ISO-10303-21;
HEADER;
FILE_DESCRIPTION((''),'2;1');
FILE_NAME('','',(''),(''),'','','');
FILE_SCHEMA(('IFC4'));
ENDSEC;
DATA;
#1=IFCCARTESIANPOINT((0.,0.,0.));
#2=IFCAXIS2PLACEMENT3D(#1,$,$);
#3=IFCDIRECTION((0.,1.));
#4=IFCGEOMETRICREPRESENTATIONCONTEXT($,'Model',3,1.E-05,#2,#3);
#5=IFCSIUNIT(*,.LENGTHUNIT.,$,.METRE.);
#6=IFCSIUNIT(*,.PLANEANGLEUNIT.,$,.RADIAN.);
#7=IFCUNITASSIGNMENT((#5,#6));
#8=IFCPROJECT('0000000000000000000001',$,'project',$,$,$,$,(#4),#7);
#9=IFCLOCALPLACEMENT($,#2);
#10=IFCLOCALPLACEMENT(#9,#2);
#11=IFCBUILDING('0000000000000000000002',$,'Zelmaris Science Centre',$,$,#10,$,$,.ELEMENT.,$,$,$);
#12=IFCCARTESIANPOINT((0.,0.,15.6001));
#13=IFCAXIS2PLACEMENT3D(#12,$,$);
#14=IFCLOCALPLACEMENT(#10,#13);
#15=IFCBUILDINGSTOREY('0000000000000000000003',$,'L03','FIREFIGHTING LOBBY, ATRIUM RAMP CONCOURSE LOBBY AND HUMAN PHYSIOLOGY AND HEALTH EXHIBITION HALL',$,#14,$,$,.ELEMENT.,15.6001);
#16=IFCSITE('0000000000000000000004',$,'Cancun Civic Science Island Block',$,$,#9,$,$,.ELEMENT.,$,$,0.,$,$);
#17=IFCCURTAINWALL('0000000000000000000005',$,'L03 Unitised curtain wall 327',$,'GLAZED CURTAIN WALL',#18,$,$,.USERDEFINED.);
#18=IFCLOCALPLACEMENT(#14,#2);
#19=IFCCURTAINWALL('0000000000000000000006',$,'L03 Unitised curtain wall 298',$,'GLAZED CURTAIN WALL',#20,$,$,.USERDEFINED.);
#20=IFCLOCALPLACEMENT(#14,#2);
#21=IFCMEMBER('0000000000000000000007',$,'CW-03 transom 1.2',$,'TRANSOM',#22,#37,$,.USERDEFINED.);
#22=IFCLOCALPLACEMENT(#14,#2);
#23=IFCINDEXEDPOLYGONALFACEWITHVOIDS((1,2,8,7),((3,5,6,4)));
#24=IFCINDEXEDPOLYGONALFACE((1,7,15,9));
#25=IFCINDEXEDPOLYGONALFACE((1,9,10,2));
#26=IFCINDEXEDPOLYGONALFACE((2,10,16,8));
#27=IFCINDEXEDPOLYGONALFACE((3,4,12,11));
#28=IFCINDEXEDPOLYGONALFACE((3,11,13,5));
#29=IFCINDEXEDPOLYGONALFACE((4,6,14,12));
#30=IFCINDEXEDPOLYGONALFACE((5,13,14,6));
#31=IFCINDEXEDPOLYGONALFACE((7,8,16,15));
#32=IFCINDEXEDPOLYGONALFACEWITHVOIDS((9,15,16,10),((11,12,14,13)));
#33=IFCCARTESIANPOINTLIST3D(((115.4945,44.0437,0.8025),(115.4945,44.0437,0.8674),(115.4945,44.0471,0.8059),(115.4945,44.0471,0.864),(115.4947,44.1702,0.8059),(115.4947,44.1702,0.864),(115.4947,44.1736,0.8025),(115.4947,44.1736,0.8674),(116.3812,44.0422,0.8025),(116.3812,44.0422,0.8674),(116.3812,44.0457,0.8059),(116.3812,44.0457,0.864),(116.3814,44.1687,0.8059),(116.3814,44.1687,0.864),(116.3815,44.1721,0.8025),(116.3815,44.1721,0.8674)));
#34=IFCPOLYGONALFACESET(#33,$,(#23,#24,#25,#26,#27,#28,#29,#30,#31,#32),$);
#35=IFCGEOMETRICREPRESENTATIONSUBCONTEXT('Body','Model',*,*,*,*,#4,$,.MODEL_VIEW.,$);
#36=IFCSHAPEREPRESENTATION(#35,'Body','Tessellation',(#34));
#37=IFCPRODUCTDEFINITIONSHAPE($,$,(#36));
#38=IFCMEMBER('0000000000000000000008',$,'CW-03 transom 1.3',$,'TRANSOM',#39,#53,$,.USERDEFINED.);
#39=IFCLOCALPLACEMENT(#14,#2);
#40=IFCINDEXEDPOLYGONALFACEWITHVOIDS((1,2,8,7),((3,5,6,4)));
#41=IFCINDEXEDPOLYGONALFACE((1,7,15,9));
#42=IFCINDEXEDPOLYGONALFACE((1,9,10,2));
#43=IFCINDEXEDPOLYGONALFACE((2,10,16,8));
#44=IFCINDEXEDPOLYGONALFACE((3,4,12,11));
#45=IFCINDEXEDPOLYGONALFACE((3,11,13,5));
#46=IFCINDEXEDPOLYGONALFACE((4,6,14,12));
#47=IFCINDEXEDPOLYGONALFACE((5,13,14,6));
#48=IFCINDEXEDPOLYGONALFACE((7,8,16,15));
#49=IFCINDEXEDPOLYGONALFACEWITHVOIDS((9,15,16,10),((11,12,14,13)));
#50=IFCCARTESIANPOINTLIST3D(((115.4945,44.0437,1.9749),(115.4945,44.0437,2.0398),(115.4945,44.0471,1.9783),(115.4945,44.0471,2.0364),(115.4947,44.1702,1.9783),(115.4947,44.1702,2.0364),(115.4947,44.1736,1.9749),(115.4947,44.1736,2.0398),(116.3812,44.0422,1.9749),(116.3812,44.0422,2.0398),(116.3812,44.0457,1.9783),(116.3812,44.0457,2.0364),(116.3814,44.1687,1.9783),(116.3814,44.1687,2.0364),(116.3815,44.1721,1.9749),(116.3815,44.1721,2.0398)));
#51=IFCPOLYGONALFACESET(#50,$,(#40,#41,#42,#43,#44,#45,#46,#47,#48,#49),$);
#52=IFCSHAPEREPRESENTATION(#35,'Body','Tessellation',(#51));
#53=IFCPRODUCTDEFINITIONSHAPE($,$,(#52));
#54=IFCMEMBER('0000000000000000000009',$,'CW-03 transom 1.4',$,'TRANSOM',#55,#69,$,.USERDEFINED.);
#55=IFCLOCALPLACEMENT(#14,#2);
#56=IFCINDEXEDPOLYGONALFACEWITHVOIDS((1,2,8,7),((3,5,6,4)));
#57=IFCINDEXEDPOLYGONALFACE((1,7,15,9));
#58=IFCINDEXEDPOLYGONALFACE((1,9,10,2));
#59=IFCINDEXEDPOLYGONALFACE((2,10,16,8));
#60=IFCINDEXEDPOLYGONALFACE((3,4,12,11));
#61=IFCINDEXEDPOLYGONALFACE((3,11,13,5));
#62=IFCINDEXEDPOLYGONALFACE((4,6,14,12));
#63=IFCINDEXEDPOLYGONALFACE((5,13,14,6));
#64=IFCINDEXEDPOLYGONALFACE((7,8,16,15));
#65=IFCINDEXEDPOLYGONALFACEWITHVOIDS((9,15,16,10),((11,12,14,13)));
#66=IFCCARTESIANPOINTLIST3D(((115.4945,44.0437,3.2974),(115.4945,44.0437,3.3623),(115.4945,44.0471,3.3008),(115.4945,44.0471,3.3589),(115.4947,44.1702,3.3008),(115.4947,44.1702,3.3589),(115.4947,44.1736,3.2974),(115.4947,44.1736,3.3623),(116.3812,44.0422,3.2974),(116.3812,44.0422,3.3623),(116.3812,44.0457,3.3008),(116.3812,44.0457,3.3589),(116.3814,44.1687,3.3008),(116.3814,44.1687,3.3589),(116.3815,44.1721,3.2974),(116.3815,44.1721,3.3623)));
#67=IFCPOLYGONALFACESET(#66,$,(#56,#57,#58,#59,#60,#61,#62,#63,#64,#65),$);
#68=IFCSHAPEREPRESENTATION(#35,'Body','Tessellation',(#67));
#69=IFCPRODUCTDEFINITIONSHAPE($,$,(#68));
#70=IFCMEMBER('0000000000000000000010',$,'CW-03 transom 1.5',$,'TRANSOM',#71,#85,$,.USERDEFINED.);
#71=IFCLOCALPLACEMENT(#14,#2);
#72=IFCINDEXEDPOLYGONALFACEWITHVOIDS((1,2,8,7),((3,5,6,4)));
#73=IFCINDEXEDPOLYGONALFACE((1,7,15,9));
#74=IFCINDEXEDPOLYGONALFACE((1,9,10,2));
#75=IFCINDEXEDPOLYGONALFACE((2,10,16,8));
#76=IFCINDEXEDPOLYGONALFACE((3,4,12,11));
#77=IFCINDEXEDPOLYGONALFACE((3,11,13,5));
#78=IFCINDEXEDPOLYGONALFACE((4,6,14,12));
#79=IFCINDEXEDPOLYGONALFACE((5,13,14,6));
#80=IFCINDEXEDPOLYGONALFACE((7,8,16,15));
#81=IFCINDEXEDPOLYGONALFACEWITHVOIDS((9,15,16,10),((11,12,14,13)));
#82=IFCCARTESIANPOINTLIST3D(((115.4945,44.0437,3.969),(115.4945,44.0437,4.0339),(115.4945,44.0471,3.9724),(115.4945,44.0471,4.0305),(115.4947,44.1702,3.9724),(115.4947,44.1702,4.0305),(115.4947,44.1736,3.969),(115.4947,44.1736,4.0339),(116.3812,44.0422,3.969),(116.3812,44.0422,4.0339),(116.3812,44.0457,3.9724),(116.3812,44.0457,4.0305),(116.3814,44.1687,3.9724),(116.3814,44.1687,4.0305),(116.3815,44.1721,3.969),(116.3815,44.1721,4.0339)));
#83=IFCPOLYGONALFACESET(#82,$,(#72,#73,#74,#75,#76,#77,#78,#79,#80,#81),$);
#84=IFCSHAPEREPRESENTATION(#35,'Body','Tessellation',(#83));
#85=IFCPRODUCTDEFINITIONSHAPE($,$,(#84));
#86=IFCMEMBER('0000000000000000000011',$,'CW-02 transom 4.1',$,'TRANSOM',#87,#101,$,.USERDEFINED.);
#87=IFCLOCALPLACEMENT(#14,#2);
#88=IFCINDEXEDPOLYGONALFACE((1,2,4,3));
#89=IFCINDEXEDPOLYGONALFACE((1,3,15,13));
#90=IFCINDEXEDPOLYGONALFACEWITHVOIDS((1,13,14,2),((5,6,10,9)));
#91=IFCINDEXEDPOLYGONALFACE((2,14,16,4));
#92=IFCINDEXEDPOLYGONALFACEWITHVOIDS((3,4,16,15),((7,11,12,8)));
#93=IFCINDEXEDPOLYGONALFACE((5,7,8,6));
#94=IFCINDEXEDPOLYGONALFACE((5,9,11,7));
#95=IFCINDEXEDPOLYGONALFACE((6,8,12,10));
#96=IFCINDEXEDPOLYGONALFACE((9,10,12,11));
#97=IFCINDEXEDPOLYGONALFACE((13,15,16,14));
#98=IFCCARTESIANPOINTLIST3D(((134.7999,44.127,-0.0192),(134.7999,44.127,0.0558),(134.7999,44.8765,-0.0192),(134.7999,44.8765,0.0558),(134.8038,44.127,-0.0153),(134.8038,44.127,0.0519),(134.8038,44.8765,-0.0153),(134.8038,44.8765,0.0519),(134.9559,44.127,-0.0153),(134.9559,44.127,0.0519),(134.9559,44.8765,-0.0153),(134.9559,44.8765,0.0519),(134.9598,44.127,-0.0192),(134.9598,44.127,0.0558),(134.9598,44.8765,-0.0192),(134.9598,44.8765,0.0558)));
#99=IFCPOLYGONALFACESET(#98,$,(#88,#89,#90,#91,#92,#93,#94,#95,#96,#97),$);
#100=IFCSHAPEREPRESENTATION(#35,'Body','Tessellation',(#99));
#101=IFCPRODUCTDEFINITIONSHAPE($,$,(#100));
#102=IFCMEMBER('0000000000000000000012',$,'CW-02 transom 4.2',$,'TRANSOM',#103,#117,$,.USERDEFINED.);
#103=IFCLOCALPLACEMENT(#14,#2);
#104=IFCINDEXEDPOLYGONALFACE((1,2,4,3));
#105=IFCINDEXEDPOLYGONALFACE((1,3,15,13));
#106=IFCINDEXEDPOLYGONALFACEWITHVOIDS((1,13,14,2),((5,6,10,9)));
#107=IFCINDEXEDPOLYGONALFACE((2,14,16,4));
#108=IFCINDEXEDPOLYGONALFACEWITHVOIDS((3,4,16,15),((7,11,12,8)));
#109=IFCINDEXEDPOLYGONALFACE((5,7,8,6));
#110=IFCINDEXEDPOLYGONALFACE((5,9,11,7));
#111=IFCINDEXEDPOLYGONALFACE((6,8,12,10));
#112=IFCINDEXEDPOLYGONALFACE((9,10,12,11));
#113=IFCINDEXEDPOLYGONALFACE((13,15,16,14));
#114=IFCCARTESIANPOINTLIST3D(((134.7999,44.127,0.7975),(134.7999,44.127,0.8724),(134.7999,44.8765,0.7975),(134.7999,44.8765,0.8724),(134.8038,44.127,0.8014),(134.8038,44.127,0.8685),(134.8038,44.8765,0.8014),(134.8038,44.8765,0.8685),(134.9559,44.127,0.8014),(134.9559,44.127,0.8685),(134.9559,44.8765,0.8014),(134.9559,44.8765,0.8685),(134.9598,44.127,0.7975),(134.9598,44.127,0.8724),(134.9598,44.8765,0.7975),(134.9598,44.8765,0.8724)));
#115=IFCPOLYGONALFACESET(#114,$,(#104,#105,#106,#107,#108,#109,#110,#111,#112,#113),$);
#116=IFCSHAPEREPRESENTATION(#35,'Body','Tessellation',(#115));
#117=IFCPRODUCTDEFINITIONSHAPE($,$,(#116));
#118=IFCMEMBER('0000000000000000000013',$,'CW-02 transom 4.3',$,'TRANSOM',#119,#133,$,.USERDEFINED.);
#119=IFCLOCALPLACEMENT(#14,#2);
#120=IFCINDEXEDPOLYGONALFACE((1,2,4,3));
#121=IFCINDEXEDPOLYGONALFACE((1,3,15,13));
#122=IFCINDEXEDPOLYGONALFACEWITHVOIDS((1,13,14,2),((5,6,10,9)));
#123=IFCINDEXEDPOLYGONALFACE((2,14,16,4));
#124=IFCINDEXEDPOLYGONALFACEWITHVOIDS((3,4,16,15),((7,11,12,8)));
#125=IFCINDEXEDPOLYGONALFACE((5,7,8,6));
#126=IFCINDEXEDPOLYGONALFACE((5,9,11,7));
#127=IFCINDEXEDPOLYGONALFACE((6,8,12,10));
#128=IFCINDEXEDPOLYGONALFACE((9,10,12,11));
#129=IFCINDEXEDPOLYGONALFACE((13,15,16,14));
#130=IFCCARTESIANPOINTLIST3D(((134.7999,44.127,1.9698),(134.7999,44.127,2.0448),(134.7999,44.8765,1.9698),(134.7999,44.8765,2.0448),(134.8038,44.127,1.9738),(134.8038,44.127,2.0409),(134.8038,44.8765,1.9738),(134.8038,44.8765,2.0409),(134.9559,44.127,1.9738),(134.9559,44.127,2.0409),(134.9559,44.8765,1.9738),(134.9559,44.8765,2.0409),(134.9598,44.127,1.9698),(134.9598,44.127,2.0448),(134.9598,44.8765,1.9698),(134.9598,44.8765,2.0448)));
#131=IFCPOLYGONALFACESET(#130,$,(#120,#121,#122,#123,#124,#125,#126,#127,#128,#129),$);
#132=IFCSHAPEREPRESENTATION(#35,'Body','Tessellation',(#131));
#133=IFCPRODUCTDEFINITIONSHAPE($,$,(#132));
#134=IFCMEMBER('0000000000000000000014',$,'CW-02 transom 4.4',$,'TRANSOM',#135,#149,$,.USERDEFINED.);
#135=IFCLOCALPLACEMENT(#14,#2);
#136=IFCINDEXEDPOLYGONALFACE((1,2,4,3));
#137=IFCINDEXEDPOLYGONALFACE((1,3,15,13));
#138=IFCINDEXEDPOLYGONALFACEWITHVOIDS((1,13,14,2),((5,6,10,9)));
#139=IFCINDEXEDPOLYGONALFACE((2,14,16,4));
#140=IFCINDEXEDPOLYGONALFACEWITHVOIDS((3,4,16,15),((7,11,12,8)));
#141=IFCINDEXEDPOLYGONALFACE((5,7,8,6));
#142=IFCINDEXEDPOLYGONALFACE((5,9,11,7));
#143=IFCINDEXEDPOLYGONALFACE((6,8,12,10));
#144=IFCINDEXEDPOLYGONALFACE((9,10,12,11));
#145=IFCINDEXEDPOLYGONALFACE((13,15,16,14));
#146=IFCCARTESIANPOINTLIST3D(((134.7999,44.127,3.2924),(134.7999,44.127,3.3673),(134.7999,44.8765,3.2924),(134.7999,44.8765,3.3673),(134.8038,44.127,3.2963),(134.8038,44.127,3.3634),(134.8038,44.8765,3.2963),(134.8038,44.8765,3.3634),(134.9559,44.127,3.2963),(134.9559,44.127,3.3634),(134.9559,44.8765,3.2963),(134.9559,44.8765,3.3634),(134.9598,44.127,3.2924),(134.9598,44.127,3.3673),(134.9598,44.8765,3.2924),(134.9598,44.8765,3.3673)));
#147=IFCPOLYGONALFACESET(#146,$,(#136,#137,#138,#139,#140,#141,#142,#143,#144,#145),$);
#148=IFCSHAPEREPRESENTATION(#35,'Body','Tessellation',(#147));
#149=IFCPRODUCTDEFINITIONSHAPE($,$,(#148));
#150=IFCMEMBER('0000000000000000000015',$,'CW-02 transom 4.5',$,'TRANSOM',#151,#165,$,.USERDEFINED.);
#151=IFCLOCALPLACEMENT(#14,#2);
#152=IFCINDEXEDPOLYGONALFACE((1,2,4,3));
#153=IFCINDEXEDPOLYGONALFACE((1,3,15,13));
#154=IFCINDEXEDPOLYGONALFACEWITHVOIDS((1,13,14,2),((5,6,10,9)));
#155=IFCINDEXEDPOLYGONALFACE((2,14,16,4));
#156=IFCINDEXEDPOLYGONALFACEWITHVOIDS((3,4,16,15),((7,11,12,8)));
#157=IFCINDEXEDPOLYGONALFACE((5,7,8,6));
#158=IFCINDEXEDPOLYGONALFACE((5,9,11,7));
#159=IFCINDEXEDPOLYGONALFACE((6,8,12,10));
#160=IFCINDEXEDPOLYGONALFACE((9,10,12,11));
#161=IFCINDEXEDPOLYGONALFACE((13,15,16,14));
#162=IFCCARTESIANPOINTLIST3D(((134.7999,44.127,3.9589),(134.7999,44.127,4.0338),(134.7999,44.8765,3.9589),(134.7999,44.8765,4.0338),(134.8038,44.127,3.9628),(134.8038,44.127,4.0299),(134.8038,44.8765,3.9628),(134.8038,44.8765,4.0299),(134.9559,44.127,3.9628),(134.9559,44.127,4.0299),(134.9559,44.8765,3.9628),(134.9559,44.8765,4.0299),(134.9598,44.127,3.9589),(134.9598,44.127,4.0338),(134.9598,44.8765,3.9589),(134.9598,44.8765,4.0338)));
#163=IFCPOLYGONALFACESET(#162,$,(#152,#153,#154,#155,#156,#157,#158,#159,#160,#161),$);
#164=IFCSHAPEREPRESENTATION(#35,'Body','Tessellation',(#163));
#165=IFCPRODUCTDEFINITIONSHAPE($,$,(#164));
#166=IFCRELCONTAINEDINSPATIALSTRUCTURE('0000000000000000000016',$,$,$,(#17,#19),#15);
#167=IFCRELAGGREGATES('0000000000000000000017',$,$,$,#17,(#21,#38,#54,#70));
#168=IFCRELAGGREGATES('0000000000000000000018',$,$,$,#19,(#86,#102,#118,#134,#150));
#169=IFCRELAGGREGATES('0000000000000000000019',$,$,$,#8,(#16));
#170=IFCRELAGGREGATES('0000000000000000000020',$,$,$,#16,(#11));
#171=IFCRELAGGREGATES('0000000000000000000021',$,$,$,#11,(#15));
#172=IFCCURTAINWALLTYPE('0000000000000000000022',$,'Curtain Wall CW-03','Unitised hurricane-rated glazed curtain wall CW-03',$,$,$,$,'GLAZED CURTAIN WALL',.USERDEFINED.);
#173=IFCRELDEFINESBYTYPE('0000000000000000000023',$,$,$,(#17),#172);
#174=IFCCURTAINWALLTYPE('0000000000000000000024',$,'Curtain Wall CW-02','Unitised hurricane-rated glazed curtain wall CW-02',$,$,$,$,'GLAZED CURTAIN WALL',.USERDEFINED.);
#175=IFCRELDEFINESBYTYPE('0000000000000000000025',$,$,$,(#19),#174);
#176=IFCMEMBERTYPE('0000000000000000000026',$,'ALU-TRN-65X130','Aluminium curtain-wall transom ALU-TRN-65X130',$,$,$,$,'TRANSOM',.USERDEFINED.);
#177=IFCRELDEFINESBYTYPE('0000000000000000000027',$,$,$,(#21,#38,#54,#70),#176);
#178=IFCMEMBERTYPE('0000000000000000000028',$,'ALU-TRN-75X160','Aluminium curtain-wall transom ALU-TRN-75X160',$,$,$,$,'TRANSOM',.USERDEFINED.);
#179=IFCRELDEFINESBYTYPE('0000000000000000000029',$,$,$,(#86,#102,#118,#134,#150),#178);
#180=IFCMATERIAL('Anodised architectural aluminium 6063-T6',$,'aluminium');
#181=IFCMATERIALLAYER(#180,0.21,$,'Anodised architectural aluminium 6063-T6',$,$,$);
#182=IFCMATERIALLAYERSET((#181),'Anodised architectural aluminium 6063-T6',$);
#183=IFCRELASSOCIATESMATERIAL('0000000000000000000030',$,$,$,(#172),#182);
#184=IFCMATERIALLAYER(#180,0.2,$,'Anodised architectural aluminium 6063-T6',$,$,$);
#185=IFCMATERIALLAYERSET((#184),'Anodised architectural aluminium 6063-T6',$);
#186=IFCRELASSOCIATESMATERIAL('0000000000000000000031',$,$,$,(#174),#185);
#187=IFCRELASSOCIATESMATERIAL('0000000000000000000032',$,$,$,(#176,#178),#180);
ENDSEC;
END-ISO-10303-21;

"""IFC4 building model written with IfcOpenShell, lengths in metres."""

from ifc_helpers import new_model, si_unit, direction, frame, origin, origin_2d, place, context, subcontext, project, spatial, hollow_rectangle, extrude, material, layer, layer_set, material_profile, profile_set, type_object, element, aggregate, save


model = new_model("IFC4")

# Units and contexts
model_context = context("Model", 3, precision=1e-05, world=origin(), true_north=direction((0.0, 1.0)))
body_context = subcontext(model_context, "Body", "Model", "MODEL_VIEW")
ifc_project = project(units=[si_unit("LENGTHUNIT", "METRE"), si_unit("PLANEANGLEUNIT", "RADIAN")], contexts=[model_context])

# Site, building, storey
site_placement = place(None, origin())
site = spatial("IfcSite", under=ifc_project, at=site_placement, Name="Cancun Civic Science Island Block", CompositionType="ELEMENT", RefElevation=0.0)
building_placement = place(site_placement, origin())
building = spatial("IfcBuilding", under=site, at=building_placement, Name="Zelmaris Science Centre", CompositionType="ELEMENT")
storey_placement = place(building_placement, frame((0.0, 0.0, 15.6001)))
storey = spatial("IfcBuildingStorey", under=building, at=storey_placement, Name="L03", Description="FIREFIGHTING LOBBY, ATRIUM RAMP CONCOURSE LOBBY AND HUMAN PHYSIOLOGY AND HEALTH EXHIBITION HALL", CompositionType="ELEMENT", Elevation=15.6001)

# Curtain wall
ifc_material_1 = material(Name="Anodised architectural aluminium 6063-T6", Category="aluminium")
ifc_layer_1 = layer(ifc_material_1, 0.21, Name="Anodised architectural aluminium 6063-T6")
ifc_layer_set_1 = layer_set([ifc_layer_1], Name="Anodised architectural aluminium 6063-T6")
curtain_wall_type_1 = type_object("IfcCurtainWallType", Name="Curtain Wall CW-03", Description="Unitised hurricane-rated glazed curtain wall CW-03", ElementType="GLAZED CURTAIN WALL", PredefinedType="USERDEFINED", material=ifc_layer_set_1)
curtain_wall_1_placement = place(storey_placement, origin())
curtain_wall_1 = element("IfcCurtainWall", 1, at=curtain_wall_1_placement, inside=storey, type_object=curtain_wall_type_1, Name="L03 Unitised curtain wall 327", ObjectType="GLAZED CURTAIN WALL", PredefinedType="USERDEFINED")

# Curtain wall
ifc_layer_2 = layer(ifc_material_1, 0.2, Name="Anodised architectural aluminium 6063-T6")
ifc_layer_set_2 = layer_set([ifc_layer_2], Name="Anodised architectural aluminium 6063-T6")
curtain_wall_type_2 = type_object("IfcCurtainWallType", Name="Curtain Wall CW-02", Description="Unitised hurricane-rated glazed curtain wall CW-02", ElementType="GLAZED CURTAIN WALL", PredefinedType="USERDEFINED", material=ifc_layer_set_2)
curtain_wall_2_placement = place(storey_placement, origin())
curtain_wall_2 = element("IfcCurtainWall", 2, at=curtain_wall_2_placement, inside=storey, type_object=curtain_wall_type_2, Name="L03 Unitised curtain wall 298", ObjectType="GLAZED CURTAIN WALL", PredefinedType="USERDEFINED")

# Members
ifc_material_profile_1 = material_profile(ifc_material_1, hollow_rectangle(XDim=0.0649, YDim=0.1299, WallThickness=0.0034, at=origin_2d()), Name="ALU-TRN-65X130")
ifc_profile_set_1 = profile_set([ifc_material_profile_1], Name="Anodised architectural aluminium 6063-T6")
member_type_1 = type_object("IfcMemberType", Name="ALU-TRN-65X130", Description="Aluminium curtain-wall transom ALU-TRN-65X130", ElementType="TRANSOM", PredefinedType="USERDEFINED", material=ifc_profile_set_1)
member_1_placement = place(storey_placement, frame((116.3813, 44.1072, 0.835), z_axis=(-0.999999, 0.001652, 0.0), x_axis=(0.0, 0.0, 1.0)))
member_1 = element("IfcMember", 3, at=member_1_placement, type_object=member_type_1, Name="CW-03 transom 1.2", ObjectType="TRANSOM", PredefinedType="USERDEFINED", context=body_context, shape_type="SweptSolid", body=[
    extrude(hollow_rectangle(XDim=0.0649, YDim=0.1299, WallThickness=0.0034, at=origin_2d()), origin(), (0.0, 0.0, 1.0), 0.8867),
])
member_2_placement = place(storey_placement, frame((116.3813, 44.1072, 2.0073), z_axis=(-0.999999, 0.001652, 0.0), x_axis=(0.0, 0.0, 1.0)))
member_2 = element("IfcMember", 4, at=member_2_placement, type_object=member_type_1, Name="CW-03 transom 1.3", ObjectType="TRANSOM", PredefinedType="USERDEFINED", context=body_context, shape_type="SweptSolid", body=[
    extrude(hollow_rectangle(XDim=0.0649, YDim=0.1299, WallThickness=0.0034, at=origin_2d()), origin(), (0.0, 0.0, 1.0), 0.8867),
])
member_3_placement = place(storey_placement, frame((116.3813, 44.1072, 3.3298), z_axis=(-0.999999, 0.001652, 0.0), x_axis=(0.0, 0.0, 1.0)))
member_3 = element("IfcMember", 5, at=member_3_placement, type_object=member_type_1, Name="CW-03 transom 1.4", ObjectType="TRANSOM", PredefinedType="USERDEFINED", context=body_context, shape_type="SweptSolid", body=[
    extrude(hollow_rectangle(XDim=0.0649, YDim=0.1299, WallThickness=0.0034, at=origin_2d()), origin(), (0.0, 0.0, 1.0), 0.8867),
])
member_4_placement = place(storey_placement, frame((116.3813, 44.1072, 4.0015), z_axis=(-0.999999, 0.001652, 0.0), x_axis=(0.0, 0.0, 1.0)))
member_4 = element("IfcMember", 6, at=member_4_placement, type_object=member_type_1, Name="CW-03 transom 1.5", ObjectType="TRANSOM", PredefinedType="USERDEFINED", context=body_context, shape_type="SweptSolid", body=[
    extrude(hollow_rectangle(XDim=0.0649, YDim=0.1299, WallThickness=0.0034, at=origin_2d()), origin(), (0.0, 0.0, 1.0), 0.8867),
])
aggregate(curtain_wall_1, [member_1, member_2, member_3, member_4])
ifc_material_profile_2 = material_profile(ifc_material_1, hollow_rectangle(XDim=0.075, YDim=0.1599, WallThickness=0.0039, at=origin_2d()), Name="ALU-TRN-75X160")
ifc_profile_set_2 = profile_set([ifc_material_profile_2], Name="Anodised architectural aluminium 6063-T6")
member_type_2 = type_object("IfcMemberType", Name="ALU-TRN-75X160", Description="Aluminium curtain-wall transom ALU-TRN-75X160", ElementType="TRANSOM", PredefinedType="USERDEFINED", material=ifc_profile_set_2)
member_5_placement = place(storey_placement, frame((134.8799, 44.8765, 0.0183), z_axis=(0.0, -1.0, 0.0), x_axis=(0.0, 0.0, 1.0)))
member_5 = element("IfcMember", 7, at=member_5_placement, type_object=member_type_2, Name="CW-02 transom 4.1", ObjectType="TRANSOM", PredefinedType="USERDEFINED", context=body_context, shape_type="SweptSolid", body=[
    extrude(hollow_rectangle(XDim=0.075, YDim=0.1599, WallThickness=0.0039, at=origin_2d()), origin(), (0.0, 0.0, 1.0), 0.7495),
])
member_6_placement = place(storey_placement, frame((134.8799, 44.8765, 0.835), z_axis=(0.0, -1.0, 0.0), x_axis=(0.0, 0.0, 1.0)))
member_6 = element("IfcMember", 8, at=member_6_placement, type_object=member_type_2, Name="CW-02 transom 4.2", ObjectType="TRANSOM", PredefinedType="USERDEFINED", context=body_context, shape_type="SweptSolid", body=[
    extrude(hollow_rectangle(XDim=0.075, YDim=0.1599, WallThickness=0.0039, at=origin_2d()), origin(), (0.0, 0.0, 1.0), 0.7495),
])
member_7_placement = place(storey_placement, frame((134.8799, 44.8765, 2.0073), z_axis=(0.0, -1.0, 0.0), x_axis=(0.0, 0.0, 1.0)))
member_7 = element("IfcMember", 9, at=member_7_placement, type_object=member_type_2, Name="CW-02 transom 4.3", ObjectType="TRANSOM", PredefinedType="USERDEFINED", context=body_context, shape_type="SweptSolid", body=[
    extrude(hollow_rectangle(XDim=0.075, YDim=0.1599, WallThickness=0.0039, at=origin_2d()), origin(), (0.0, 0.0, 1.0), 0.7495),
])
member_8_placement = place(storey_placement, frame((134.8799, 44.8765, 3.3298), z_axis=(0.0, -1.0, 0.0), x_axis=(0.0, 0.0, 1.0)))
member_8 = element("IfcMember", 10, at=member_8_placement, type_object=member_type_2, Name="CW-02 transom 4.4", ObjectType="TRANSOM", PredefinedType="USERDEFINED", context=body_context, shape_type="SweptSolid", body=[
    extrude(hollow_rectangle(XDim=0.075, YDim=0.1599, WallThickness=0.0039, at=origin_2d()), origin(), (0.0, 0.0, 1.0), 0.7495),
])
member_9_placement = place(storey_placement, frame((134.8799, 44.8765, 3.9963), z_axis=(0.0, -1.0, 0.0), x_axis=(0.0, 0.0, 1.0)))
member_9 = element("IfcMember", 11, at=member_9_placement, type_object=member_type_2, Name="CW-02 transom 4.5", ObjectType="TRANSOM", PredefinedType="USERDEFINED", context=body_context, shape_type="SweptSolid", body=[
    extrude(hollow_rectangle(XDim=0.075, YDim=0.1599, WallThickness=0.0039, at=origin_2d()), origin(), (0.0, 0.0, 1.0), 0.7495),
])

aggregate(curtain_wall_2, [member_5, member_6, member_7, member_8, member_9])

save(model, "model.ifc")
